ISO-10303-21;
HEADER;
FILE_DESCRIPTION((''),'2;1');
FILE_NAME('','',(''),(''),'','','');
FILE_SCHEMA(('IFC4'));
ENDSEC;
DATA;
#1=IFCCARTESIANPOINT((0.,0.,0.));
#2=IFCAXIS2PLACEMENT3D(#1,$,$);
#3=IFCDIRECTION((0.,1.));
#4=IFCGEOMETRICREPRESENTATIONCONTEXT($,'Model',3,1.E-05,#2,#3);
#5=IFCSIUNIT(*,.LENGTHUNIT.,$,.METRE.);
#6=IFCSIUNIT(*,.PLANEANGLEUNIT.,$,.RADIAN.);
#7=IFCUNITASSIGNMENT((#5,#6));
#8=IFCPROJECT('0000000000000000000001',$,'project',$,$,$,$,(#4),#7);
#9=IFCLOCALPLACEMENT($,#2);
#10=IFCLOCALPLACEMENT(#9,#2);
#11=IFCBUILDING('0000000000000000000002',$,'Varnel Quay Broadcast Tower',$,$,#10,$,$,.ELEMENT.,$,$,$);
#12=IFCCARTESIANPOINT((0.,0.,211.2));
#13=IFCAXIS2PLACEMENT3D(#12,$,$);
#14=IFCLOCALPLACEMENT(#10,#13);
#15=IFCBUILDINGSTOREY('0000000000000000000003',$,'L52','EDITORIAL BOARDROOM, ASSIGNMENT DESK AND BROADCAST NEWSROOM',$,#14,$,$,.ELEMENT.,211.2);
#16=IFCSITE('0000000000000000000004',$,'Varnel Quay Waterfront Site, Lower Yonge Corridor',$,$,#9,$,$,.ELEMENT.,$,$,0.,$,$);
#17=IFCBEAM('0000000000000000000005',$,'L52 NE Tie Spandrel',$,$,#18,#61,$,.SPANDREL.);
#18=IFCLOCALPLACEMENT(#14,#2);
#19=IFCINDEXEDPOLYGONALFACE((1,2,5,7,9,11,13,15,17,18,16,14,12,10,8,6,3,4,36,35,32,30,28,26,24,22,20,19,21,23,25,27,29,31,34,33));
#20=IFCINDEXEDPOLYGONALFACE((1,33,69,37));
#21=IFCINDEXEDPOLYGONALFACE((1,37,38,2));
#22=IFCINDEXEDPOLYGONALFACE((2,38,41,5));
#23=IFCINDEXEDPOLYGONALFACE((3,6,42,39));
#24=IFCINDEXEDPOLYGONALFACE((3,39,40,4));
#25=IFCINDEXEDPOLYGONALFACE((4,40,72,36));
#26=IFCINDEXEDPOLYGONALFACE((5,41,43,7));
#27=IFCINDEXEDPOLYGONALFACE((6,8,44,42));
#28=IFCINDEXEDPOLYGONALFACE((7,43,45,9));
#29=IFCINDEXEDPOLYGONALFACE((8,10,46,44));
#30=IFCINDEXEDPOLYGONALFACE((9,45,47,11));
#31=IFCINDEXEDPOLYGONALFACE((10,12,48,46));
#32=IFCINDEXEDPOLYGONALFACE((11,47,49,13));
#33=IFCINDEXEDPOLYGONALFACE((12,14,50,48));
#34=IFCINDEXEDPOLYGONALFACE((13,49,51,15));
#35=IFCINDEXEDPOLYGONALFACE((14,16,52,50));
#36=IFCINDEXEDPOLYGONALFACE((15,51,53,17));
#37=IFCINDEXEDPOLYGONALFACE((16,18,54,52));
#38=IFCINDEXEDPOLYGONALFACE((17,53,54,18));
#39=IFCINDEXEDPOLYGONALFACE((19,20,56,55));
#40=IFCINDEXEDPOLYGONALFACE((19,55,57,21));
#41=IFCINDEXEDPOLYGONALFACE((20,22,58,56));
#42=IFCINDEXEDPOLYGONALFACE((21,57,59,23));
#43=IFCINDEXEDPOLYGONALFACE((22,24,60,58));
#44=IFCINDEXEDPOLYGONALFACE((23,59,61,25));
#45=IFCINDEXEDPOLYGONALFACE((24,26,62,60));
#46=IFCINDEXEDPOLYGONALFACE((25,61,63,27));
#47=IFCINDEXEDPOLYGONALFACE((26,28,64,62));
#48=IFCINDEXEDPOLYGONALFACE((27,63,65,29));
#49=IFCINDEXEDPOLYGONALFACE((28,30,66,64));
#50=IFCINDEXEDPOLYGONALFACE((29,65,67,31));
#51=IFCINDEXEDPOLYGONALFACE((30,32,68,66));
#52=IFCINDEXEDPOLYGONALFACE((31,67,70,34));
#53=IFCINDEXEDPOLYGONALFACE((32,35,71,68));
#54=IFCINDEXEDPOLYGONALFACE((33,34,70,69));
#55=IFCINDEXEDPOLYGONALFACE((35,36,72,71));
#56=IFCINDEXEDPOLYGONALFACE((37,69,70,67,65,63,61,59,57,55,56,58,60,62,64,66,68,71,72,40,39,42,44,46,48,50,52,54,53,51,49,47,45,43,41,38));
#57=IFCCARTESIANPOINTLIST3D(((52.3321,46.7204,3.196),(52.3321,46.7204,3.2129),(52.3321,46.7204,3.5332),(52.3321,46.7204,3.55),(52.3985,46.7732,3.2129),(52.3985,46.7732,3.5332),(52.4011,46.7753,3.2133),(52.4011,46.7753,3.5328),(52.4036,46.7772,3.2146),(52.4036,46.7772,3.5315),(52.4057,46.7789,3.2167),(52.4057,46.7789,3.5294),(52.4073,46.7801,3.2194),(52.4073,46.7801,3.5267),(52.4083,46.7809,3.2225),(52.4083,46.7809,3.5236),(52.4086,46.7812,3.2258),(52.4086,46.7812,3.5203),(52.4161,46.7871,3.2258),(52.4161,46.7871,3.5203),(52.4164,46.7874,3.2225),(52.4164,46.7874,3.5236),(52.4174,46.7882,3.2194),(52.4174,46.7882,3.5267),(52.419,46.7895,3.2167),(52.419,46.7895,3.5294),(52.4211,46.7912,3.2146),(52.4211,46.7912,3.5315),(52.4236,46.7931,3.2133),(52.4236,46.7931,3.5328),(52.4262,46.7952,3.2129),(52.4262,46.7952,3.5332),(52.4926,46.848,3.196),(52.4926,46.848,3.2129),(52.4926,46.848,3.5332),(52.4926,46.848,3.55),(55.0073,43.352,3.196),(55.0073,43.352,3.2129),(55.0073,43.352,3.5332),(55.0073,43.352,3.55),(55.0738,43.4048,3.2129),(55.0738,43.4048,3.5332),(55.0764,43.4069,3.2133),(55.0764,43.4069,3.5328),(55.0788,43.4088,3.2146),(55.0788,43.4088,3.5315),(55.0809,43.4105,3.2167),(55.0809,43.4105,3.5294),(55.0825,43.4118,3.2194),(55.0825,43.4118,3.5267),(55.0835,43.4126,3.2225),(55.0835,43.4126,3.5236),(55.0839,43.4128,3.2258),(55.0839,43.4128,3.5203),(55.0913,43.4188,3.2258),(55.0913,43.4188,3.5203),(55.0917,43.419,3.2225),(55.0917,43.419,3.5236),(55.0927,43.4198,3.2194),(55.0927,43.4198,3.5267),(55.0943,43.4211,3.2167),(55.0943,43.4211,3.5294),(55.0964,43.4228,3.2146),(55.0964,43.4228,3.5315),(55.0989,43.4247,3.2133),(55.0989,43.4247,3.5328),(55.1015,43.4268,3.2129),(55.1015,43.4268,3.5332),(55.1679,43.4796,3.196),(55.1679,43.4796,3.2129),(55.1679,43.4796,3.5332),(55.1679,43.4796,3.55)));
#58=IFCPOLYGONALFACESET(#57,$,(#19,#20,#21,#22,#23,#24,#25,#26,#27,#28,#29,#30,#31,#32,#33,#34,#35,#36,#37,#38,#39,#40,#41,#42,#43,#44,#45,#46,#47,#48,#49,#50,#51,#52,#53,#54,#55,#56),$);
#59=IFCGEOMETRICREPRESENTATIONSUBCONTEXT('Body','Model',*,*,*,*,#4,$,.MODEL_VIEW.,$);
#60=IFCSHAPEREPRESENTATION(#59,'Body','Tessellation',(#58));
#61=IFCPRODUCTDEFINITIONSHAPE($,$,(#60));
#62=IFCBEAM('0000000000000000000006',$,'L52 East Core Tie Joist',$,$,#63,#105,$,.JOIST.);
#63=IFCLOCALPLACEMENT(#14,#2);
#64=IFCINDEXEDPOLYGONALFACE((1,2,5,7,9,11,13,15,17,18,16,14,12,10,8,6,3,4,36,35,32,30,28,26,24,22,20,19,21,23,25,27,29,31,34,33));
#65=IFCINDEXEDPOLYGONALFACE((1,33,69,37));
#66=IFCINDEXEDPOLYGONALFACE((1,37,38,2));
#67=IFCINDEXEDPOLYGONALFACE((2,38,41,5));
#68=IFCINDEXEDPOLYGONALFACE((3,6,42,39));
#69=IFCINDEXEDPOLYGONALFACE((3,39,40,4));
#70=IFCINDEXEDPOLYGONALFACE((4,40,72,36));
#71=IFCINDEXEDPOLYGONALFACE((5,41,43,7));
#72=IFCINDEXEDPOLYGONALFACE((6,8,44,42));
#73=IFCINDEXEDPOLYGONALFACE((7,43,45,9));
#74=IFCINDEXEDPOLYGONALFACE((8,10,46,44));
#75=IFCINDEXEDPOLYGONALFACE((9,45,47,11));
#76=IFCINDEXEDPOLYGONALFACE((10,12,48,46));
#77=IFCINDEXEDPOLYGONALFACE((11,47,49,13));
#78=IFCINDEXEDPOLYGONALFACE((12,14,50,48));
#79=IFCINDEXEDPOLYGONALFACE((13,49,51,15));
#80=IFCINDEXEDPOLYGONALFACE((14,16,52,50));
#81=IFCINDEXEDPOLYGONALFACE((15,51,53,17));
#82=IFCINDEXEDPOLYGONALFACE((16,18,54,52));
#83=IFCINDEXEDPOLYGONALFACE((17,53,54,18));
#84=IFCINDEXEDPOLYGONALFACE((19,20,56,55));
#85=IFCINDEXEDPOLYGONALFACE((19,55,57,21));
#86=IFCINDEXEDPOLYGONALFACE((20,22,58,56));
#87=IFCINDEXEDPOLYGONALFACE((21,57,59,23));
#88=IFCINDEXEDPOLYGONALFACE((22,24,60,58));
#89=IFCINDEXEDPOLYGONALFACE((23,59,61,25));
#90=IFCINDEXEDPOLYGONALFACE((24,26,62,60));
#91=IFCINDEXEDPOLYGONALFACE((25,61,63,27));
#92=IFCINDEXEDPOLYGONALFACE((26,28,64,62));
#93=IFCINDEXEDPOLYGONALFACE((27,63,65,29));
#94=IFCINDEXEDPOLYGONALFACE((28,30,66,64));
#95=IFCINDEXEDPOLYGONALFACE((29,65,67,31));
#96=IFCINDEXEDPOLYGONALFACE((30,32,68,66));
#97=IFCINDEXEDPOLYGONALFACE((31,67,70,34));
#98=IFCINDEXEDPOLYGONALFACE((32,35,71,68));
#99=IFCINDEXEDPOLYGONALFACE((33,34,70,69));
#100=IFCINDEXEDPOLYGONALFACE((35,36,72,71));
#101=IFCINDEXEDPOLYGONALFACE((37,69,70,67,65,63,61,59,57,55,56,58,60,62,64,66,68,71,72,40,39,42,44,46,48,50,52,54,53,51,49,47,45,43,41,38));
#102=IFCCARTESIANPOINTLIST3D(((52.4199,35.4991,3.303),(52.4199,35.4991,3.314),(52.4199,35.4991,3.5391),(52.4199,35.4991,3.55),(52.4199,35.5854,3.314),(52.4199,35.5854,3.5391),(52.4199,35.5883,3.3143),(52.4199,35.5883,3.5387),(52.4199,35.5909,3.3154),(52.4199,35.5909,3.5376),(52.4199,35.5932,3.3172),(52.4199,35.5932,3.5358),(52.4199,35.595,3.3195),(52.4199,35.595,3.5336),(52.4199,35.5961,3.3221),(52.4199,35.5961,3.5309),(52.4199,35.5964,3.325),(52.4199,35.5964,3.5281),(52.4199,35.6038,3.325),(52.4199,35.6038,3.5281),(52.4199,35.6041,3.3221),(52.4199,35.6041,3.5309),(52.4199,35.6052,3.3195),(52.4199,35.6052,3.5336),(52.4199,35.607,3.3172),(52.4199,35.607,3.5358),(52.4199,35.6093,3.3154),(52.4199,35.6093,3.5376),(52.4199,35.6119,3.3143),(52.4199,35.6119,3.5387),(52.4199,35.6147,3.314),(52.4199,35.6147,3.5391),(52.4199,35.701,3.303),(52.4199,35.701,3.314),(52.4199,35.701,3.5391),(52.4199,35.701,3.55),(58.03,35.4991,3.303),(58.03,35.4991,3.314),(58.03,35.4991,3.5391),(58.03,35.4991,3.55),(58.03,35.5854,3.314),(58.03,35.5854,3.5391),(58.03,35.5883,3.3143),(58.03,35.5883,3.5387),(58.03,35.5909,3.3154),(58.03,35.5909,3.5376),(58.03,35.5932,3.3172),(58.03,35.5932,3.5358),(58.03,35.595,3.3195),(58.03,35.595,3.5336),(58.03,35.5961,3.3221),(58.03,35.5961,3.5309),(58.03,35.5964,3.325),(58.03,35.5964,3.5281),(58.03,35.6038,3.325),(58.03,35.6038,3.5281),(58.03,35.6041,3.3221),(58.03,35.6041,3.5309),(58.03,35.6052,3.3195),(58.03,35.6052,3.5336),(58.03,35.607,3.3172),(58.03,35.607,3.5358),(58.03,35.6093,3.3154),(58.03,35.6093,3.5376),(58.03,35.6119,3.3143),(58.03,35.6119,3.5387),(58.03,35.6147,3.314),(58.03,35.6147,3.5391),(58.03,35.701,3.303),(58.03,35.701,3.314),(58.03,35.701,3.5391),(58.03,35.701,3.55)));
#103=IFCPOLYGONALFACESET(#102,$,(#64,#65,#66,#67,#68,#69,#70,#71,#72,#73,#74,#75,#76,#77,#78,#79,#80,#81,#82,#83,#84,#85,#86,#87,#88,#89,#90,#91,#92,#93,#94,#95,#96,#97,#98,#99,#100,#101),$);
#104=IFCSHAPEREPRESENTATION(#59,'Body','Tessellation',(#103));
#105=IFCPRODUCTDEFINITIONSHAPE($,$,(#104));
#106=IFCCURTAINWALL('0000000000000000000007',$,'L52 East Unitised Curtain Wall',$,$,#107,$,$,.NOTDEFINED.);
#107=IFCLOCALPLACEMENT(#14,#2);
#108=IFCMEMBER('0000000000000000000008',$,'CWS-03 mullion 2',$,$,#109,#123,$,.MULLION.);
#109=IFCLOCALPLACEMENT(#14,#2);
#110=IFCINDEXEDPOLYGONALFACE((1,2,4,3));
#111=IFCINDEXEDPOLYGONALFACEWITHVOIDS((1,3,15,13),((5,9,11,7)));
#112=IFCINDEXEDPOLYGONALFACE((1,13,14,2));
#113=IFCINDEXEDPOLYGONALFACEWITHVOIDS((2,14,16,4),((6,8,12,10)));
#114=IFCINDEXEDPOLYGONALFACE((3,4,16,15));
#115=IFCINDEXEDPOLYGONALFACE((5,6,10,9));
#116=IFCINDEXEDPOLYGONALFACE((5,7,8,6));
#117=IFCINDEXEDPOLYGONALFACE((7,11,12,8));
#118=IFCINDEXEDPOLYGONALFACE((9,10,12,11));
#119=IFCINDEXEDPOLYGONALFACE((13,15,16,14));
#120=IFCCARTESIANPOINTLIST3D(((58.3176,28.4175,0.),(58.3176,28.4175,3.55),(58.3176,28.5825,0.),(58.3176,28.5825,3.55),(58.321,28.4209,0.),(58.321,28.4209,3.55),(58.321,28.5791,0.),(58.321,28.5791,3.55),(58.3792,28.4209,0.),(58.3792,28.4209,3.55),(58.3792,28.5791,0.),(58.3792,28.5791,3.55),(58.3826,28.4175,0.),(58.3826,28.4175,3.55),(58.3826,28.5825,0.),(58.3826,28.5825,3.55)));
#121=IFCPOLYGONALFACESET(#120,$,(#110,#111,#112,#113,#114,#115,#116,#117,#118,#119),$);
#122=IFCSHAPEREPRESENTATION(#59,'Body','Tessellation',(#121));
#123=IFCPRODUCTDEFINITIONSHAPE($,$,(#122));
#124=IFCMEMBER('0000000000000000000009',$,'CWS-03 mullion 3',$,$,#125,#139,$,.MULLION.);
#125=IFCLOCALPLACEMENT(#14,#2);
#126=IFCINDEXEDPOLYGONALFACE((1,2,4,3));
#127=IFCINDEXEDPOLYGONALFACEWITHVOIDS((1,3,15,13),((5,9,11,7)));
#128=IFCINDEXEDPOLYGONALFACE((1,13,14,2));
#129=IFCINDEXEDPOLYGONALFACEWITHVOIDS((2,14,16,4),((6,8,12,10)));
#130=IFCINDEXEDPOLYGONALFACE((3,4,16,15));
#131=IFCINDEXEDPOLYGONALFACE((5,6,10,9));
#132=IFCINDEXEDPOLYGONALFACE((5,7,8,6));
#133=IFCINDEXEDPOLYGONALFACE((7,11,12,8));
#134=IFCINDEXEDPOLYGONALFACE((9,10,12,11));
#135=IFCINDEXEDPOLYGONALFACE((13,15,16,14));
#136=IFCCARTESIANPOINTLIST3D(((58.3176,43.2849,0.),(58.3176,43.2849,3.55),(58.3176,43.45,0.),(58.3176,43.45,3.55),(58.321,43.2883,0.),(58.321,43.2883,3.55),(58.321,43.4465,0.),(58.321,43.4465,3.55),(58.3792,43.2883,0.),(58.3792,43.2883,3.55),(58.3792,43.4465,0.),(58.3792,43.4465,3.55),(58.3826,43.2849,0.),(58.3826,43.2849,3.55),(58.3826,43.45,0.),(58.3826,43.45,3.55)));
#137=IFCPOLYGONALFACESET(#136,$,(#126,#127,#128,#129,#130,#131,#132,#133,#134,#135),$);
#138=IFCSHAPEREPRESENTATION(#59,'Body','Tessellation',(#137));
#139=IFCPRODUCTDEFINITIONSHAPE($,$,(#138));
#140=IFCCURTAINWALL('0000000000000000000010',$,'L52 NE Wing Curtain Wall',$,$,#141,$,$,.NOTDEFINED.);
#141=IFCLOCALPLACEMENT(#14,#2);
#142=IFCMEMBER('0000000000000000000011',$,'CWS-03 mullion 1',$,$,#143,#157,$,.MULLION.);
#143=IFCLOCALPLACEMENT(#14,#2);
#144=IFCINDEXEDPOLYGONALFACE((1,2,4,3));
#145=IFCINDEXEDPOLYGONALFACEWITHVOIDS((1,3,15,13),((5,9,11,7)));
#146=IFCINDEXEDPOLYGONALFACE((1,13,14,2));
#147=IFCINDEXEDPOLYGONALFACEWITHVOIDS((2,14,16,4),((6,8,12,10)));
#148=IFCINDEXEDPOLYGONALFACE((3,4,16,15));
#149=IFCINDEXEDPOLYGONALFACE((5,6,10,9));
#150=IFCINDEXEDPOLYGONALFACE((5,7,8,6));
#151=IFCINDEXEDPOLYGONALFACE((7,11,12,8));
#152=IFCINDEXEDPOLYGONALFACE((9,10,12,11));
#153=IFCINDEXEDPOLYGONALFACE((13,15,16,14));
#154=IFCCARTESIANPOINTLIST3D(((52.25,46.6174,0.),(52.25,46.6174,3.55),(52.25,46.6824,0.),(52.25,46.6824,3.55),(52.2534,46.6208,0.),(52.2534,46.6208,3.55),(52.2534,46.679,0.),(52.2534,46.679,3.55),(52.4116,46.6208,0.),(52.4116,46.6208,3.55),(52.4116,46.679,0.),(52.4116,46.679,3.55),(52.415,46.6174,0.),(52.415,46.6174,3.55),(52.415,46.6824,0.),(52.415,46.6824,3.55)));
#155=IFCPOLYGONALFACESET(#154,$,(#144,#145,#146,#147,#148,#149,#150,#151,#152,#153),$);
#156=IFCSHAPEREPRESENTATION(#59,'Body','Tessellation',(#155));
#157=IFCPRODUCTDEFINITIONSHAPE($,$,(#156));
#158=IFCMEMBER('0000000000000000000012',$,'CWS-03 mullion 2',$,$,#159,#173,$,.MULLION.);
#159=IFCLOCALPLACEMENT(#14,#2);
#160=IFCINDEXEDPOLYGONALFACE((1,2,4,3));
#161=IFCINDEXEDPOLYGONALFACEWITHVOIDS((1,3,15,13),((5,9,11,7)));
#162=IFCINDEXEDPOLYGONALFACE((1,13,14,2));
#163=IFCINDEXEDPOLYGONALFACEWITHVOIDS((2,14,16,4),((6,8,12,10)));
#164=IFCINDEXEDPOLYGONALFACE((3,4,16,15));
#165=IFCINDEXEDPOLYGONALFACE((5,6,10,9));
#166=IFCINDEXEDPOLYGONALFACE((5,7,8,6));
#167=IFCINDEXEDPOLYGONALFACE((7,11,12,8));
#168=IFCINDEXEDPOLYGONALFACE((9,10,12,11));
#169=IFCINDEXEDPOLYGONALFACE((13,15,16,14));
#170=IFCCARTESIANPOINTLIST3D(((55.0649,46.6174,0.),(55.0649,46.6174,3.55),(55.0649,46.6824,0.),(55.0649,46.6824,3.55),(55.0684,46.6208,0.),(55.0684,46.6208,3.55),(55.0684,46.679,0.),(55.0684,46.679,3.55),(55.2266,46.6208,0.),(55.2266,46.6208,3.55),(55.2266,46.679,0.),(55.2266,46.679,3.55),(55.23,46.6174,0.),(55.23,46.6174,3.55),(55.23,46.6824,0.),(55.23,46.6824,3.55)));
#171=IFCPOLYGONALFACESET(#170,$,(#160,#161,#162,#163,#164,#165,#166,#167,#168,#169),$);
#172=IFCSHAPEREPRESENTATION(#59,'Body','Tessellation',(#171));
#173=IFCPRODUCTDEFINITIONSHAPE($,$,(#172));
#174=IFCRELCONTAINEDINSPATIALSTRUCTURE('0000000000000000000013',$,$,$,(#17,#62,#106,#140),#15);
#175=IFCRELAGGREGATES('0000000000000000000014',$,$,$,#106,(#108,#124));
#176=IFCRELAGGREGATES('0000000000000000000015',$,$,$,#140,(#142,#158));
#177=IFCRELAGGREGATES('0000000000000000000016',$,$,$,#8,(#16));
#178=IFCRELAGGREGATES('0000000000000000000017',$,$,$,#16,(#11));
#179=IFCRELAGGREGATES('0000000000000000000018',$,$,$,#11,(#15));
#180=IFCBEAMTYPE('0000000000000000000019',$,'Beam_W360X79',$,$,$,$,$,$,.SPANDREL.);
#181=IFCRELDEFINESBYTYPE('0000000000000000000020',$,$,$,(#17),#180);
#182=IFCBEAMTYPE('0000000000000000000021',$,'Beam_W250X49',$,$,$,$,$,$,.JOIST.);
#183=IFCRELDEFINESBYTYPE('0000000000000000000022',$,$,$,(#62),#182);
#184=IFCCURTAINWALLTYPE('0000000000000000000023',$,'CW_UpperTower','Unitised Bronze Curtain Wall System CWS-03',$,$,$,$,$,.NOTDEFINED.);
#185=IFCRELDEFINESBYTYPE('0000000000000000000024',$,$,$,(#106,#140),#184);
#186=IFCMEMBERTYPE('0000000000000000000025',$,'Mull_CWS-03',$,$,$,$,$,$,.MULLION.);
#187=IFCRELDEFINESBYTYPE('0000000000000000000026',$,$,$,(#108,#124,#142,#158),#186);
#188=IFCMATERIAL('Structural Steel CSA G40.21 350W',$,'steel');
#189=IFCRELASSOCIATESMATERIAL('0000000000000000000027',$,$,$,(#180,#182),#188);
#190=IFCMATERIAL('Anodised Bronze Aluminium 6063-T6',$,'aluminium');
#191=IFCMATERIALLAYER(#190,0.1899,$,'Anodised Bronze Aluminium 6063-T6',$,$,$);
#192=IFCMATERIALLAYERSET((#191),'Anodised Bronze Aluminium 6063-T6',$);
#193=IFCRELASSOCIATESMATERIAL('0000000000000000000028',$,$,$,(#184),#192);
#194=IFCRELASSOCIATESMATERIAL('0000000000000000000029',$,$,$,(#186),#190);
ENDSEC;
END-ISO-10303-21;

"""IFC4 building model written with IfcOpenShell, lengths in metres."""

from ifc_helpers import new_model, si_unit, direction, frame, origin, origin_2d, place, context, subcontext, project, spatial, hollow_rectangle, i_section, extrude, source, transform, mapped, material, layer, layer_set, material_profile, profile_set, type_object, type_shapes, element, aggregate, save


model = new_model("IFC4")

# Units and contexts
model_context = context("Model", 3, precision=1e-05, world=origin(), true_north=direction((0.0, 1.0)))
body_context = subcontext(model_context, "Body", "Model", "MODEL_VIEW")
ifc_project = project(units=[si_unit("LENGTHUNIT", "METRE"), si_unit("PLANEANGLEUNIT", "RADIAN")], contexts=[model_context])

# Site, building, storey
site_placement = place(None, origin())
site = spatial("IfcSite", under=ifc_project, at=site_placement, Name="Varnel Quay Waterfront Site, Lower Yonge Corridor", CompositionType="ELEMENT", RefElevation=0.0)
building_placement = place(site_placement, origin())
building = spatial("IfcBuilding", under=site, at=building_placement, Name="Varnel Quay Broadcast Tower", CompositionType="ELEMENT")
storey_placement = place(building_placement, frame((0.0, 0.0, 211.2)))
storey = spatial("IfcBuildingStorey", under=building, at=storey_placement, Name="L52", Description="EDITORIAL BOARDROOM, ASSIGNMENT DESK AND BROADCAST NEWSROOM", CompositionType="ELEMENT", Elevation=211.2)

# Shared definitions
ifc_material_1 = material(Name="Structural Steel CSA G40.21 350W", Category="steel")

# Beams
ifc_material_profile_1 = material_profile(ifc_material_1, i_section(OverallWidth=0.2051, OverallDepth=0.354, WebThickness=0.0095, FlangeThickness=0.0168, FilletRadius=0.0129, at=origin_2d()), Name="W360X79")
ifc_profile_set_1 = profile_set([ifc_material_profile_1], Name="Structural Steel CSA G40.21 350W")
beam_type_1 = type_object("IfcBeamType", Name="Beam_W360X79", PredefinedType="SPANDREL", material=ifc_profile_set_1)
shared_shape_1 = source(origin(), body_context, "Body", "SweptSolid", [
    extrude(i_section(OverallWidth=0.2051, OverallDepth=0.354, WebThickness=0.0095, FlangeThickness=0.0168, FilletRadius=0.0129, at=origin_2d()), origin(), (0.0, 0.0, 1.0), 4.3015),
])
beam_1_placement = place(storey_placement, frame((52.4124, 46.7842, 3.373), z_axis=(0.621936, -0.783068, 0.0), x_axis=(0.783068, 0.621936, 0.0)))
element("IfcBeam", 1, at=beam_1_placement, inside=storey, type_object=beam_type_1, Name="L52 NE Tie Spandrel", PredefinedType="SPANDREL", context=body_context, shape_type="MappedRepresentation", body=[
    mapped(shared_shape_1, transform((0.0, 0.0, 0.0), x_axis=(1.0, 0.0, 0.0), y_axis=(0.0, 1.0, 0.0), z_axis=(0.0, 0.0, 1.0), scale=1.0)),
])
ifc_material_profile_2 = material_profile(ifc_material_1, i_section(OverallWidth=0.2019, OverallDepth=0.2471, WebThickness=0.0073, FlangeThickness=0.011, FilletRadius=0.011, at=origin_2d()), Name="W250X49")
ifc_profile_set_2 = profile_set([ifc_material_profile_2], Name="Structural Steel CSA G40.21 350W")
beam_type_2 = type_object("IfcBeamType", Name="Beam_W250X49", PredefinedType="JOIST", material=ifc_profile_set_2)
shared_shape_2 = source(origin(), body_context, "Body", "SweptSolid", [
    extrude(i_section(OverallWidth=0.2019, OverallDepth=0.2471, WebThickness=0.0073, FlangeThickness=0.011, FilletRadius=0.011, at=origin_2d()), origin(), (0.0, 0.0, 1.0), 5.6101),
])
type_shapes(beam_type_2, [shared_shape_2])
beam_2_placement = place(storey_placement, frame((52.4199, 35.6001, 3.4265), z_axis=(1.0, 0.0, 0.0), x_axis=(0.0, 1.0, 0.0)))
element("IfcBeam", 2, at=beam_2_placement, inside=storey, type_object=beam_type_2, Name="L52 East Core Tie Joist", PredefinedType="JOIST", context=body_context, shape_type="MappedRepresentation", body=[
    mapped(shared_shape_2, transform((0.0, 0.0, 0.0), x_axis=(1.0, 0.0, 0.0), y_axis=(0.0, 1.0, 0.0), z_axis=(0.0, 0.0, 1.0), scale=1.0)),
])

# Curtain walls, members
ifc_material_2 = material(Name="Anodised Bronze Aluminium 6063-T6", Category="aluminium")
ifc_layer_1 = layer(ifc_material_2, 0.1899, Name="Anodised Bronze Aluminium 6063-T6")
ifc_layer_set_1 = layer_set([ifc_layer_1], Name="Anodised Bronze Aluminium 6063-T6")
curtain_wall_type = type_object("IfcCurtainWallType", Name="CW_UpperTower", Description="Unitised Bronze Curtain Wall System CWS-03", PredefinedType="NOTDEFINED", material=ifc_layer_set_1)
curtain_wall_1_placement = place(storey_placement, origin())
curtain_wall_1 = element("IfcCurtainWall", 3, at=curtain_wall_1_placement, inside=storey, type_object=curtain_wall_type, Name="L52 East Unitised Curtain Wall", PredefinedType="NOTDEFINED")
ifc_material_profile_3 = material_profile(ifc_material_2, hollow_rectangle(XDim=0.0649, YDim=0.165, WallThickness=0.0034, at=origin_2d()), Name="ALU65X165X3.5")
ifc_profile_set_3 = profile_set([ifc_material_profile_3], Name="Anodised Bronze Aluminium 6063-T6")
member_type_1 = type_object("IfcMemberType", Name="Mull_CWS-03", PredefinedType="MULLION", material=ifc_profile_set_3)
shared_shape_3 = source(origin(), body_context, "Body", "SweptSolid", [
    extrude(hollow_rectangle(XDim=0.0649, YDim=0.165, WallThickness=0.0034, at=origin_2d()), origin(), (0.0, 0.0, 1.0), 3.55),
])
type_shapes(member_type_1, [shared_shape_3])
member_1_placement = place(storey_placement, frame((58.3501, 28.5, 0.0), z_axis=(0.0, 0.0, 1.0), x_axis=(-1.0, 0.0, 0.0)))
member_1 = element("IfcMember", 4, at=member_1_placement, type_object=member_type_1, Name="CWS-03 mullion 2", PredefinedType="MULLION", context=body_context, shape_type="MappedRepresentation", body=[
    mapped(shared_shape_3, transform((0.0, 0.0, 0.0), x_axis=(1.0, 0.0, 0.0), y_axis=(0.0, 1.0, 0.0), z_axis=(0.0, 0.0, 1.0), scale=1.0)),
])
member_2_placement = place(storey_placement, frame((58.3501, 43.3674, 0.0), z_axis=(0.0, 0.0, 1.0), x_axis=(-1.0, 0.0, 0.0)))
member_2 = element("IfcMember", 5, at=member_2_placement, type_object=member_type_1, Name="CWS-03 mullion 3", PredefinedType="MULLION", context=body_context, shape_type="MappedRepresentation", body=[
    mapped(shared_shape_3, transform((0.0, 0.0, 0.0), x_axis=(1.0, 0.0, 0.0), y_axis=(0.0, 1.0, 0.0), z_axis=(0.0, 0.0, 1.0), scale=1.0)),
])
curtain_wall_2_placement = place(storey_placement, origin())
curtain_wall_2 = element("IfcCurtainWall", 6, at=curtain_wall_2_placement, inside=storey, type_object=curtain_wall_type, Name="L52 NE Wing Curtain Wall", PredefinedType="NOTDEFINED")
member_3_placement = place(storey_placement, frame((52.3325, 46.6499, 0.0), z_axis=(0.0, 0.0, 1.0), x_axis=(0.0, 1.0, 0.0)))
member_3 = element("IfcMember", 7, at=member_3_placement, type_object=member_type_1, Name="CWS-03 mullion 1", PredefinedType="MULLION", context=body_context, shape_type="MappedRepresentation", body=[
    mapped(shared_shape_3, transform((0.0, 0.0, 0.0), x_axis=(1.0, 0.0, 0.0), y_axis=(0.0, 1.0, 0.0), z_axis=(0.0, 0.0, 1.0), scale=1.0)),
])
member_4_placement = place(storey_placement, frame((55.1475, 46.6499, 0.0), z_axis=(0.0, 0.0, 1.0), x_axis=(0.0, 1.0, 0.0)))
member_4 = element("IfcMember", 8, at=member_4_placement, type_object=member_type_1, Name="CWS-03 mullion 2", PredefinedType="MULLION", context=body_context, shape_type="MappedRepresentation", body=[
    mapped(shared_shape_3, transform((0.0, 0.0, 0.0), x_axis=(1.0, 0.0, 0.0), y_axis=(0.0, 1.0, 0.0), z_axis=(0.0, 0.0, 1.0), scale=1.0)),
])

aggregate(curtain_wall_1, [member_1, member_2])
aggregate(curtain_wall_2, [member_3, member_4])

save(model, "model.ifc")
